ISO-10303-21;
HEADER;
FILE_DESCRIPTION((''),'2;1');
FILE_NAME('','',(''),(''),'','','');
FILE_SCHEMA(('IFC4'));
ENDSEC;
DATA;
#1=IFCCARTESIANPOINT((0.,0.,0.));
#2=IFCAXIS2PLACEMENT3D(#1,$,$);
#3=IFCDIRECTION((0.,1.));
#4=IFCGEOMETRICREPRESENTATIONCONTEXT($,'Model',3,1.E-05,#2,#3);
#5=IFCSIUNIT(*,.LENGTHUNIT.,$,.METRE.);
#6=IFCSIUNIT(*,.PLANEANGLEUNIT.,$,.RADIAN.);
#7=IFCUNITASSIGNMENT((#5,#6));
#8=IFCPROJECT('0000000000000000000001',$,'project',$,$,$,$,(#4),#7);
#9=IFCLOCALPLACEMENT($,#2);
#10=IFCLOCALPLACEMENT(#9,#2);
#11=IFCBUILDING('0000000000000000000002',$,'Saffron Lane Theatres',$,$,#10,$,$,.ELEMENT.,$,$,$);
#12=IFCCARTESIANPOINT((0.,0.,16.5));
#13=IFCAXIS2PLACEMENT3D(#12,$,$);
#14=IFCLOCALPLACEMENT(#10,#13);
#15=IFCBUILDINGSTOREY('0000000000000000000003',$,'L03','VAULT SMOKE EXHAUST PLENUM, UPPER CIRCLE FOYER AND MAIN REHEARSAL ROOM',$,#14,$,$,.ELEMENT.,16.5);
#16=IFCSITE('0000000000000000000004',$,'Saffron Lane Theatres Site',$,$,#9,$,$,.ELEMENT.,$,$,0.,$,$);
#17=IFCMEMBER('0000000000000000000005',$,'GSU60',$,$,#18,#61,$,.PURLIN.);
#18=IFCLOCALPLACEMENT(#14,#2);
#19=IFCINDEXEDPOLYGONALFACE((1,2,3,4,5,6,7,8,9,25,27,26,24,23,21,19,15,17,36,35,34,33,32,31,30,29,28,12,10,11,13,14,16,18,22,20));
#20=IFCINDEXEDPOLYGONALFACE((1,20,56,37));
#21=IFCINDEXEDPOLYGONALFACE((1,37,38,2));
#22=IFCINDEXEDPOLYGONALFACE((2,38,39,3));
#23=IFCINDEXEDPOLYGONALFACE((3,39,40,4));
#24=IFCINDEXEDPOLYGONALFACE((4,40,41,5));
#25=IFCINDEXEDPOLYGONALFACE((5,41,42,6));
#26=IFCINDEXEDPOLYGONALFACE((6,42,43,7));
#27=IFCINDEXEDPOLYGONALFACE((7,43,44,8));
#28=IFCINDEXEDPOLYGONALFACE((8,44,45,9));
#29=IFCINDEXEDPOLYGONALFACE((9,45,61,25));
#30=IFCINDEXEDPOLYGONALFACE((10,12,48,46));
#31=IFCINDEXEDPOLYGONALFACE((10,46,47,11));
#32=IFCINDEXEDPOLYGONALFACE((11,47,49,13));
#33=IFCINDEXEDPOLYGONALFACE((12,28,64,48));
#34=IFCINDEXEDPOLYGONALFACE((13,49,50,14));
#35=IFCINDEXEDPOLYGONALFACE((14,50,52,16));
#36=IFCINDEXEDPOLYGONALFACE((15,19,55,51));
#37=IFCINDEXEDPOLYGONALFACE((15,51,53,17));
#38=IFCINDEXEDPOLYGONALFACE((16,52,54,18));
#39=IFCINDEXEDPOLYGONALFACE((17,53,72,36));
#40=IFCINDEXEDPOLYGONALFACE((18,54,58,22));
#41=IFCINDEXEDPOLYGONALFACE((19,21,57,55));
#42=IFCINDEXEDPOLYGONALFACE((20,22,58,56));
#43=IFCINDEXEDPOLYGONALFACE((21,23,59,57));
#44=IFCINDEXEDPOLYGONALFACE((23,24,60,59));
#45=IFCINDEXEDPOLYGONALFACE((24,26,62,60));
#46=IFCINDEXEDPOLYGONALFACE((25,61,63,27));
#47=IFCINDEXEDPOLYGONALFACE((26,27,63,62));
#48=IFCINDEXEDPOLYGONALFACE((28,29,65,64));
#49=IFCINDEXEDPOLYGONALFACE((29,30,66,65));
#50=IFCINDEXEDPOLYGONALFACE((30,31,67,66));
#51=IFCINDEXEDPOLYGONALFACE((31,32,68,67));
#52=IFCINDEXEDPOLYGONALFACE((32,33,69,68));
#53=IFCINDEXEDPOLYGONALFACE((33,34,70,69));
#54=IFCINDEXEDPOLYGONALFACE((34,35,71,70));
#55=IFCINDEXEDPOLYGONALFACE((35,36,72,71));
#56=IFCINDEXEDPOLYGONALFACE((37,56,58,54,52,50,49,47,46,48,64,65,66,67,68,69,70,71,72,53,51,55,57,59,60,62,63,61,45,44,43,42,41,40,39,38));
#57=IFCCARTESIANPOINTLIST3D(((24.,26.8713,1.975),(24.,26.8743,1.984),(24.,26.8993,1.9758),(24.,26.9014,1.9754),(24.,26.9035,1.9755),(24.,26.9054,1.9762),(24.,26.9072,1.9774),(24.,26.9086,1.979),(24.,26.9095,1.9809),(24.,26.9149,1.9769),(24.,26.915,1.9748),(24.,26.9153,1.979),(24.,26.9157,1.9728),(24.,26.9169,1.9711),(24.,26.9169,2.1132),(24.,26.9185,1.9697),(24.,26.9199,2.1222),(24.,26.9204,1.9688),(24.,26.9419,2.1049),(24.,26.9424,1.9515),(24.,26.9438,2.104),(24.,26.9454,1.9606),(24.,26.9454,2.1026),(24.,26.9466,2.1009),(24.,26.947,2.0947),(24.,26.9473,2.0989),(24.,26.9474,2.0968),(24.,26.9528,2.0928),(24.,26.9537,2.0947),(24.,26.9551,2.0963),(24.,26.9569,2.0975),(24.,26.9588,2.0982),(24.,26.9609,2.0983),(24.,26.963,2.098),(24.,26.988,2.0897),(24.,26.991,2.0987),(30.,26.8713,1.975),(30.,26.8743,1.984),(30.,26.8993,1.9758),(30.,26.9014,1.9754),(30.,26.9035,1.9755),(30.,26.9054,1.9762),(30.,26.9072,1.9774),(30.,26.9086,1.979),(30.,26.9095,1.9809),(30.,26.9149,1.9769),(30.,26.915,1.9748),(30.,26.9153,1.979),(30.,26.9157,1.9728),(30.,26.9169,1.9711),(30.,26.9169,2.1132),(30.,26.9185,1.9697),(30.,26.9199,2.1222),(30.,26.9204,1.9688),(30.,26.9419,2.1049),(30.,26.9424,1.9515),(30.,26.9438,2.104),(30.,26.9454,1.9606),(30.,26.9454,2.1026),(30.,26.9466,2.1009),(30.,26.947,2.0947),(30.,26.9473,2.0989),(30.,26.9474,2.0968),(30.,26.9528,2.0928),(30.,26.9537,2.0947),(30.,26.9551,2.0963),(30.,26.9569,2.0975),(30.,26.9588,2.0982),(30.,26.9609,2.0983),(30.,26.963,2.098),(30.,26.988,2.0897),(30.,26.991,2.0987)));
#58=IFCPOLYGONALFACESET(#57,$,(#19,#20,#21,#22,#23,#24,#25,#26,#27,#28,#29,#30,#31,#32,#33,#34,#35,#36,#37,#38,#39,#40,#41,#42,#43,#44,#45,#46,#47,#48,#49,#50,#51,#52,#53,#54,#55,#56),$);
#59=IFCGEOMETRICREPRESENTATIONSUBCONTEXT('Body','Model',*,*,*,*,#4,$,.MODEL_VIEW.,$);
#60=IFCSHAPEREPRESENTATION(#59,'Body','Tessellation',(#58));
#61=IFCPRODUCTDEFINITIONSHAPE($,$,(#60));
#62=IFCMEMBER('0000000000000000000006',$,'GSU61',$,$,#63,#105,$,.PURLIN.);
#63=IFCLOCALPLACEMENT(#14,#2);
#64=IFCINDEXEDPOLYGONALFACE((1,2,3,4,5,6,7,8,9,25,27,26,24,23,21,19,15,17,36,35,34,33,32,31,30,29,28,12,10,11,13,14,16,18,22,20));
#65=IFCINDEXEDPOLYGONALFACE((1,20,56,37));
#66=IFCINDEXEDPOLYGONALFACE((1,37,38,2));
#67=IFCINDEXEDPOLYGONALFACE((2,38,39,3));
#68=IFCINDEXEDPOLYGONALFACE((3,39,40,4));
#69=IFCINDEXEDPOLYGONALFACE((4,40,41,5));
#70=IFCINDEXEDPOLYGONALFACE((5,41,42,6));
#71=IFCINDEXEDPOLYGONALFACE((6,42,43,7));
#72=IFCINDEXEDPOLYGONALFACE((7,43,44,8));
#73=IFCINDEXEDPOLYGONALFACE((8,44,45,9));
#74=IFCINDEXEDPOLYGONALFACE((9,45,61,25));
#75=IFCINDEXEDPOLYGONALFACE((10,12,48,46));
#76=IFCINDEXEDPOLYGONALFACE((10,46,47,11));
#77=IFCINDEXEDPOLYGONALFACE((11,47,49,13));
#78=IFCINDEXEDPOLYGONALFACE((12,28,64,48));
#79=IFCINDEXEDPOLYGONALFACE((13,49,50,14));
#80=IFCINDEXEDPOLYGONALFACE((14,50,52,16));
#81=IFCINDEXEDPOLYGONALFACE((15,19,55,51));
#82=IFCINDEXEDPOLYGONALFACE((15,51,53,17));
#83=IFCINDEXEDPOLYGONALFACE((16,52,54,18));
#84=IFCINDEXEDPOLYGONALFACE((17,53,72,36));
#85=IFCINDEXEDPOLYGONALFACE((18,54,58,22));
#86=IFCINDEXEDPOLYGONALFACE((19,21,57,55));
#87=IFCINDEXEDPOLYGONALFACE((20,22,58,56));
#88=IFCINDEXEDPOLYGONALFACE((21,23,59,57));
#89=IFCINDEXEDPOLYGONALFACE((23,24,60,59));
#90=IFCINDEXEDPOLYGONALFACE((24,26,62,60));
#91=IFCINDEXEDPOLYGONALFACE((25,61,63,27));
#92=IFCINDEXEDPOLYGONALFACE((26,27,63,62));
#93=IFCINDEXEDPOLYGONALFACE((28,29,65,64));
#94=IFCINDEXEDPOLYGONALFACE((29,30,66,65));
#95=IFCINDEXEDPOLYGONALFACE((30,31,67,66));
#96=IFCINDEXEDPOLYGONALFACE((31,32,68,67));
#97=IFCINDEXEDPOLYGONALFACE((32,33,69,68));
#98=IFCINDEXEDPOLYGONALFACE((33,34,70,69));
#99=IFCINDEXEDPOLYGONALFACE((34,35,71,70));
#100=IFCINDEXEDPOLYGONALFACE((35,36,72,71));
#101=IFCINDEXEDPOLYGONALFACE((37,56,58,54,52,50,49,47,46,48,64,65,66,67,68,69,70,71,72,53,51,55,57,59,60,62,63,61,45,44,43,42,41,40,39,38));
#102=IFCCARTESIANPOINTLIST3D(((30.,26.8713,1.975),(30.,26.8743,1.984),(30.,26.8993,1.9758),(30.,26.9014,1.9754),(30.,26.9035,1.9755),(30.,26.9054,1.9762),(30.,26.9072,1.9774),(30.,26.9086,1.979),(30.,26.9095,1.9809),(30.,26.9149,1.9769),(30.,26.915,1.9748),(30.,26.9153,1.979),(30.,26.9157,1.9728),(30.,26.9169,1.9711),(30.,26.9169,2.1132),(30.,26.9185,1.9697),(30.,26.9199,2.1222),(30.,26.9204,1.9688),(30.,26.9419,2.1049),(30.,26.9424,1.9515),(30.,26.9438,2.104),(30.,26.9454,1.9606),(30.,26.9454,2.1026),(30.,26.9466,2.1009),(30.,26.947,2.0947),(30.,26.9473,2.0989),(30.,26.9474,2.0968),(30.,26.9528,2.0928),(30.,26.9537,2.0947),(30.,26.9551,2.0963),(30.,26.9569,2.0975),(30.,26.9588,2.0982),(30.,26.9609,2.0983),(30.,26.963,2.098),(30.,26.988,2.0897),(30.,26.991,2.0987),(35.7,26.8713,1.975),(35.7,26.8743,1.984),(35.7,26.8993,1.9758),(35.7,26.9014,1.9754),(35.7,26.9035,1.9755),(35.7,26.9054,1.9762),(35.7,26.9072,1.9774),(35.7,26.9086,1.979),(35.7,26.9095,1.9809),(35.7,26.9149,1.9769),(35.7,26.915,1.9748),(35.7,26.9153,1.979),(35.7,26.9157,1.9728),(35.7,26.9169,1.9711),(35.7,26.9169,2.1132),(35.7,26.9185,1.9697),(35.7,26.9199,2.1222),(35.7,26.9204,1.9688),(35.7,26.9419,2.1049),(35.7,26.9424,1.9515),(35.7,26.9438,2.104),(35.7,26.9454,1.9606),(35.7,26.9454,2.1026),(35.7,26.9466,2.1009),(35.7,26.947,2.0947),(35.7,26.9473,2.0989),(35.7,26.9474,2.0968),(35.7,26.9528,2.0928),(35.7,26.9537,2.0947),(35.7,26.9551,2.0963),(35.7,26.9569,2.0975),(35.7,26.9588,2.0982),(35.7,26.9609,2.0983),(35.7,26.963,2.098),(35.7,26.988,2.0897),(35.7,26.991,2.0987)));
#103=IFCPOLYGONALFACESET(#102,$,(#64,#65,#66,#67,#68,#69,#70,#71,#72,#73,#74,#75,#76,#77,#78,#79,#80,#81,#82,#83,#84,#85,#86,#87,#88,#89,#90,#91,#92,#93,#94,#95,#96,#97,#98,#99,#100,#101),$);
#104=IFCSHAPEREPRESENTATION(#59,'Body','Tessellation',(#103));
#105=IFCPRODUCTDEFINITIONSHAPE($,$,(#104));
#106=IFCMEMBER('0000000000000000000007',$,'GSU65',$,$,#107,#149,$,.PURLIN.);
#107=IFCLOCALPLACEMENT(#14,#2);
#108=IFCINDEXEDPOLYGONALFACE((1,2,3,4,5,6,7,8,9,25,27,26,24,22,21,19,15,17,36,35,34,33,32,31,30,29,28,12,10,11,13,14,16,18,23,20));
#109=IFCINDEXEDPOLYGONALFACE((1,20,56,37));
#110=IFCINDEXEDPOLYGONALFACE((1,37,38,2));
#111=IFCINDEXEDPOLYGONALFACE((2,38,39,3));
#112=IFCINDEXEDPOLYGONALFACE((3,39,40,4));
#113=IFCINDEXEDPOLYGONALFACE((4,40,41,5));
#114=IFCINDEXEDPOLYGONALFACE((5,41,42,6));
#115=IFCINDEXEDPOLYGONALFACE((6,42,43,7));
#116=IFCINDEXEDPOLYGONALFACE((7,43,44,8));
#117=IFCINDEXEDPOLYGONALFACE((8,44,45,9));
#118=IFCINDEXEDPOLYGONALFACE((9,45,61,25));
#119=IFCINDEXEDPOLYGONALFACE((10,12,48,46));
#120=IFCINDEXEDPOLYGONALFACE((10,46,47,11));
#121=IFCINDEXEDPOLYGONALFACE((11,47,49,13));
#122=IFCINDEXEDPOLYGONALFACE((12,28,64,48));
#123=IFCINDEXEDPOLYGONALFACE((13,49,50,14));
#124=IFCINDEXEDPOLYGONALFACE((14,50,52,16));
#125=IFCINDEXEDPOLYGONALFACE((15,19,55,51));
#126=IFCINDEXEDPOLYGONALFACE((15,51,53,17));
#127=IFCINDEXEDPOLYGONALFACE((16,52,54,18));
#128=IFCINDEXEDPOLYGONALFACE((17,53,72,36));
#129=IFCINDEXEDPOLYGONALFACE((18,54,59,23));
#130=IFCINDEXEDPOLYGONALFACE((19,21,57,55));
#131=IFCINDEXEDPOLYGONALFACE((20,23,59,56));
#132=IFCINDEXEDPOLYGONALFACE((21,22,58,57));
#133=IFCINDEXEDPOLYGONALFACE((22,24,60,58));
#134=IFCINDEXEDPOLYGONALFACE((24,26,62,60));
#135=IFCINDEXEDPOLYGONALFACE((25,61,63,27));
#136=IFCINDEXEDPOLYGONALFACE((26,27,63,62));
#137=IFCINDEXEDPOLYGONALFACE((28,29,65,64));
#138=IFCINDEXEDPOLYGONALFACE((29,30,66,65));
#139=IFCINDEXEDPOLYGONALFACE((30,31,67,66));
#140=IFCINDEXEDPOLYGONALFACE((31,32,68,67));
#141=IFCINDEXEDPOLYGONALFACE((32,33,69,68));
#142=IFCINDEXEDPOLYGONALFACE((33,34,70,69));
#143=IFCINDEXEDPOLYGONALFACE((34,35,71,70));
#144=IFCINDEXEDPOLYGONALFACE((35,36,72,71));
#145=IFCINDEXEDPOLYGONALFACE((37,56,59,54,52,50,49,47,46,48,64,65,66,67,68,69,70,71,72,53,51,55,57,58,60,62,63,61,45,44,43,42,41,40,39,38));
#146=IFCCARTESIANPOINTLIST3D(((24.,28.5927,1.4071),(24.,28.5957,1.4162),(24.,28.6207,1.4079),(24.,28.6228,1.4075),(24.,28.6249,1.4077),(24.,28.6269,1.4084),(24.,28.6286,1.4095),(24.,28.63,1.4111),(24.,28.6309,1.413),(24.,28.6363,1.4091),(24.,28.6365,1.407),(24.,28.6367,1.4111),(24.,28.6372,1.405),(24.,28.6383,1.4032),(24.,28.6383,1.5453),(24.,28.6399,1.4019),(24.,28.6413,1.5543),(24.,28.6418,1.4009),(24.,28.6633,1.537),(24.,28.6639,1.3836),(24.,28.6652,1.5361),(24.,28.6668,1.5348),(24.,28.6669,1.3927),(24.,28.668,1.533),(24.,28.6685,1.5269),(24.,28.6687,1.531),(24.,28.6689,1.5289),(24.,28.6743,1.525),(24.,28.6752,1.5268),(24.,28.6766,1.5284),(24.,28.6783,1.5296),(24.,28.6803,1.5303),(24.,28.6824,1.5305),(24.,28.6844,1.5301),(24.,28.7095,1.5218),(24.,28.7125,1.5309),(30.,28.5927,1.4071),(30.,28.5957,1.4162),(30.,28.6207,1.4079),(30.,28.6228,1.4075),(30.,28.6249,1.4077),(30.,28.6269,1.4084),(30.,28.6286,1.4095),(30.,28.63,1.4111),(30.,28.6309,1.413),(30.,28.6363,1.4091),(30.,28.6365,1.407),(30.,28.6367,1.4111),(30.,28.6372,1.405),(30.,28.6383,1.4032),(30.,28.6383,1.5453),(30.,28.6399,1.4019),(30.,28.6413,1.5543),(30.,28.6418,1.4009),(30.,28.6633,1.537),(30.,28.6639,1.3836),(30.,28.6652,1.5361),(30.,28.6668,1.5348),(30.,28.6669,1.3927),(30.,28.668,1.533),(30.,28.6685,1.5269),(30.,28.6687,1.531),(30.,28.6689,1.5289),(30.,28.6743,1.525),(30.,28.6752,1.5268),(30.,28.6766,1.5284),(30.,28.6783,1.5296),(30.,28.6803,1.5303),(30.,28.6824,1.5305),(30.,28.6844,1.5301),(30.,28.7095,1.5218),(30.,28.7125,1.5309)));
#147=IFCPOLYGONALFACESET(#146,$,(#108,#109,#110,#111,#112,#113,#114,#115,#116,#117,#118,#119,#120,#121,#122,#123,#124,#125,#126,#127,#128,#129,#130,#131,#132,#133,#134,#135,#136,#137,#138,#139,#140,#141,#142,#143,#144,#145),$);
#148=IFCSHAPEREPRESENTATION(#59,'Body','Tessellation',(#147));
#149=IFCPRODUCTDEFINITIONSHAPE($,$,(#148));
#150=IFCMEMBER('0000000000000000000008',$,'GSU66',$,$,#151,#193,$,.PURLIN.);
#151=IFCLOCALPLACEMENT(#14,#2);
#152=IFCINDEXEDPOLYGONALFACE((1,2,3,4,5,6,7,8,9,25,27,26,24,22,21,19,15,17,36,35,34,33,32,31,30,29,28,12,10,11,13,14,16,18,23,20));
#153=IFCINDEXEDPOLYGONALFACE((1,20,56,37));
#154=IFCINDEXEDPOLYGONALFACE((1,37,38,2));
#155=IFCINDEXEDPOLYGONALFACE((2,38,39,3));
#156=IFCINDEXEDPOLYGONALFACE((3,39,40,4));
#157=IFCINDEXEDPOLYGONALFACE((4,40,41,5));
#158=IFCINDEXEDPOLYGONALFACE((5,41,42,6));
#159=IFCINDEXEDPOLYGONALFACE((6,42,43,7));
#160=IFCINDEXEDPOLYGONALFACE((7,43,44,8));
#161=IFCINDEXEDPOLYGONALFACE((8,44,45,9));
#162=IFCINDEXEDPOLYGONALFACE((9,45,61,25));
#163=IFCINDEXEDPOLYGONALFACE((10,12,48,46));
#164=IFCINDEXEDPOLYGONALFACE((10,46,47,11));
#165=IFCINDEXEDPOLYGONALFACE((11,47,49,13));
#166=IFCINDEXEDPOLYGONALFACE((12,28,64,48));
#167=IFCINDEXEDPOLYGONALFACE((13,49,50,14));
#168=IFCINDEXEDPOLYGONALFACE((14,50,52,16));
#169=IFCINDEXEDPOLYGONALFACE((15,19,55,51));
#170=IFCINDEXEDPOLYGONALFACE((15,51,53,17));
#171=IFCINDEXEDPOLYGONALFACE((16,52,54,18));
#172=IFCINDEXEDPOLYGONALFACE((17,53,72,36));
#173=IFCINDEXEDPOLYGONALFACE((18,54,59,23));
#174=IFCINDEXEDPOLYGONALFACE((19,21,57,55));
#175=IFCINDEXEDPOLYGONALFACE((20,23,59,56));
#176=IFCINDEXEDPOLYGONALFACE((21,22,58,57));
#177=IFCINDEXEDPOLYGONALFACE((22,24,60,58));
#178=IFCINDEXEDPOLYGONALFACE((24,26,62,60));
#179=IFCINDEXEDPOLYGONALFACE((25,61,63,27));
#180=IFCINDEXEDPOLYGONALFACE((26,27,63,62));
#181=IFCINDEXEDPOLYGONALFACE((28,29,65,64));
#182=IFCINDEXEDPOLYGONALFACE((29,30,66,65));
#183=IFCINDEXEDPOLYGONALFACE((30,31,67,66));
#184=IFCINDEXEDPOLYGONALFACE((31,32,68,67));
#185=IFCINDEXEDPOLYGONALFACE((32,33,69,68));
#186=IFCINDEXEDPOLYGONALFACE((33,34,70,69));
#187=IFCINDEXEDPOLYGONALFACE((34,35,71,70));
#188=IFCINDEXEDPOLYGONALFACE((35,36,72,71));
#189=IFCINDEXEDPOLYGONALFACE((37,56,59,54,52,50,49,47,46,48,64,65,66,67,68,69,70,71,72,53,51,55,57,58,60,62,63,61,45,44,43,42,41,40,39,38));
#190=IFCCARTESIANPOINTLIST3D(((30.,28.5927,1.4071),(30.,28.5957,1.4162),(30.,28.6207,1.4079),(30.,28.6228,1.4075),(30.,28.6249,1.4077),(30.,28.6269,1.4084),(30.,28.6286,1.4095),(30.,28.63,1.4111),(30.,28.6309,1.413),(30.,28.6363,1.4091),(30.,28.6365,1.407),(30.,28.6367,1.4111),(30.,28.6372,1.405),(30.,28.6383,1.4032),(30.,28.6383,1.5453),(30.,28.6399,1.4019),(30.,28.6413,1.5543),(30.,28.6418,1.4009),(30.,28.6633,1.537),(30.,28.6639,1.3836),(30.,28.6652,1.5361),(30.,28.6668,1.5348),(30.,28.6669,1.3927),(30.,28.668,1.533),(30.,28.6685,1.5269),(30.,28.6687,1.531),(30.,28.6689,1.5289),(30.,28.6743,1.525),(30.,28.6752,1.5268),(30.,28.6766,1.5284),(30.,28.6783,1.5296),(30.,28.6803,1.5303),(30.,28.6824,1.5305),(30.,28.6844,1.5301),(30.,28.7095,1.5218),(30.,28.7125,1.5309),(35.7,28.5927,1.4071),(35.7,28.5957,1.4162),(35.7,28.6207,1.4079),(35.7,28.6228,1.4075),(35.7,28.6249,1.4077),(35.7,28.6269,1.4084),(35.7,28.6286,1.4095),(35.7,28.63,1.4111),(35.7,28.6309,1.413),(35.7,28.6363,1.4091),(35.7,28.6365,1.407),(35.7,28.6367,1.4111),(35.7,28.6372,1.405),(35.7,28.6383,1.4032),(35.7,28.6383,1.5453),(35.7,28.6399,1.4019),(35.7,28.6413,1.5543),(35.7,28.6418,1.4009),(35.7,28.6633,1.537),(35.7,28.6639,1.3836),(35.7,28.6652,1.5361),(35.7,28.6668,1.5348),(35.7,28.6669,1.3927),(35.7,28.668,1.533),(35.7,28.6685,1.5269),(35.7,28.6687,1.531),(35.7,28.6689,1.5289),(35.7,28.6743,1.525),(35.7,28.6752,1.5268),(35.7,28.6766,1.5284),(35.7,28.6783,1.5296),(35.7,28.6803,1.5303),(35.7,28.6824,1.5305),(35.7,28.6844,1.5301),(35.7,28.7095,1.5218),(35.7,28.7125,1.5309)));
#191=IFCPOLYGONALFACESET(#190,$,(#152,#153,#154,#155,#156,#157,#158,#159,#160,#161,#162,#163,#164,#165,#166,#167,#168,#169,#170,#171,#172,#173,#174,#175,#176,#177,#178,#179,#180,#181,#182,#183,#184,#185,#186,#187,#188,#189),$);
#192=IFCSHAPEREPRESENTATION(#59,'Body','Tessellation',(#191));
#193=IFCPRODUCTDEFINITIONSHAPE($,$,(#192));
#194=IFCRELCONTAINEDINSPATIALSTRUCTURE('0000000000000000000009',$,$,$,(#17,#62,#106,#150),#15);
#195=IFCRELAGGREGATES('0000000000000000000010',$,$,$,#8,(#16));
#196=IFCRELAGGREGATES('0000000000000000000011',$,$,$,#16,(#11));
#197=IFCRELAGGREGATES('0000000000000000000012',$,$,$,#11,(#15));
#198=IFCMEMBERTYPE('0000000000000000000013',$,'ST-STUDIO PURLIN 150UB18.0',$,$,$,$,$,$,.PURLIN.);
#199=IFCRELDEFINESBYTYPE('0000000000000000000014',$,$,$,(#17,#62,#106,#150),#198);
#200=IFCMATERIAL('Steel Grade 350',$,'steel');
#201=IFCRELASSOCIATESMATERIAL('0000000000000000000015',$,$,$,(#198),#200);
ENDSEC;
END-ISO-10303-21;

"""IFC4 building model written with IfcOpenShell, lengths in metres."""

from ifc_helpers import new_model, si_unit, direction, frame, origin, origin_2d, place, context, subcontext, project, spatial, i_section, extrude, material, material_profile, profile_set, type_object, element, save


model = new_model("IFC4")

# Units and contexts
model_context = context("Model", 3, precision=1e-05, world=origin(), true_north=direction((0.0, 1.0)))
body_context = subcontext(model_context, "Body", "Model", "MODEL_VIEW")
ifc_project = project(units=[si_unit("LENGTHUNIT", "METRE"), si_unit("PLANEANGLEUNIT", "RADIAN")], contexts=[model_context])

# Site, building, storey
site_placement = place(None, origin())
site = spatial("IfcSite", under=ifc_project, at=site_placement, Name="Saffron Lane Theatres Site", CompositionType="ELEMENT", RefElevation=0.0)
building_placement = place(site_placement, origin())
building = spatial("IfcBuilding", under=site, at=building_placement, Name="Saffron Lane Theatres", CompositionType="ELEMENT")
storey_placement = place(building_placement, frame((0.0, 0.0, 16.5)))
storey = spatial("IfcBuildingStorey", under=building, at=storey_placement, Name="L03", Description="VAULT SMOKE EXHAUST PLENUM, UPPER CIRCLE FOYER AND MAIN REHEARSAL ROOM", CompositionType="ELEMENT", Elevation=16.5)

# Members
ifc_material_1 = material(Name="Steel Grade 350", Category="steel")
ifc_material_profile_1 = material_profile(ifc_material_1, i_section(OverallWidth=0.075, OverallDepth=0.155, WebThickness=0.0061, FlangeThickness=0.0095, FilletRadius=0.0081, at=origin_2d()))
ifc_profile_set_1 = profile_set([ifc_material_profile_1], Name="Steel Grade 350")
member_type_1 = type_object("IfcMemberType", Name="ST-STUDIO PURLIN 150UB18.0", PredefinedType="PURLIN", material=ifc_profile_set_1)
member_1_placement = place(storey_placement, frame((24.0, 26.9312, 2.0369), z_axis=(1.0, 0.0, 0.0), x_axis=(0.0, 0.949629, -0.313377)))
element("IfcMember", 1, at=member_1_placement, inside=storey, type_object=member_type_1, Name="GSU60", PredefinedType="PURLIN", context=body_context, shape_type="SweptSolid", body=[
    extrude(i_section(OverallWidth=0.075, OverallDepth=0.155, WebThickness=0.0061, FlangeThickness=0.0095, FilletRadius=0.0081, at=origin_2d()), origin(), (0.0, 0.0, 1.0), 6.0),
])
member_2_placement = place(storey_placement, frame((30.0, 26.9312, 2.0369), z_axis=(1.0, 0.0, 0.0), x_axis=(0.0, 0.949629, -0.313377)))
element("IfcMember", 2, at=member_2_placement, inside=storey, type_object=member_type_1, Name="GSU61", PredefinedType="PURLIN", context=body_context, shape_type="SweptSolid", body=[
    extrude(i_section(OverallWidth=0.075, OverallDepth=0.155, WebThickness=0.0061, FlangeThickness=0.0095, FilletRadius=0.0081, at=origin_2d()), origin(), (0.0, 0.0, 1.0), 5.7),
])
member_3_placement = place(storey_placement, frame((24.0, 28.6526, 1.469), z_axis=(1.0, 0.0, 0.0), x_axis=(0.0, 0.949629, -0.313377)))
element("IfcMember", 3, at=member_3_placement, inside=storey, type_object=member_type_1, Name="GSU65", PredefinedType="PURLIN", context=body_context, shape_type="SweptSolid", body=[
    extrude(i_section(OverallWidth=0.075, OverallDepth=0.155, WebThickness=0.0061, FlangeThickness=0.0095, FilletRadius=0.0081, at=origin_2d()), origin(), (0.0, 0.0, 1.0), 6.0),
])
member_4_placement = place(storey_placement, frame((30.0, 28.6526, 1.469), z_axis=(1.0, 0.0, 0.0), x_axis=(0.0, 0.949629, -0.313377)))
element("IfcMember", 4, at=member_4_placement, inside=storey, type_object=member_type_1, Name="GSU66", PredefinedType="PURLIN", context=body_context, shape_type="SweptSolid", body=[
    extrude(i_section(OverallWidth=0.075, OverallDepth=0.155, WebThickness=0.0061, FlangeThickness=0.0095, FilletRadius=0.0081, at=origin_2d()), origin(), (0.0, 0.0, 1.0), 5.7),
])

save(model, "model.ifc")
